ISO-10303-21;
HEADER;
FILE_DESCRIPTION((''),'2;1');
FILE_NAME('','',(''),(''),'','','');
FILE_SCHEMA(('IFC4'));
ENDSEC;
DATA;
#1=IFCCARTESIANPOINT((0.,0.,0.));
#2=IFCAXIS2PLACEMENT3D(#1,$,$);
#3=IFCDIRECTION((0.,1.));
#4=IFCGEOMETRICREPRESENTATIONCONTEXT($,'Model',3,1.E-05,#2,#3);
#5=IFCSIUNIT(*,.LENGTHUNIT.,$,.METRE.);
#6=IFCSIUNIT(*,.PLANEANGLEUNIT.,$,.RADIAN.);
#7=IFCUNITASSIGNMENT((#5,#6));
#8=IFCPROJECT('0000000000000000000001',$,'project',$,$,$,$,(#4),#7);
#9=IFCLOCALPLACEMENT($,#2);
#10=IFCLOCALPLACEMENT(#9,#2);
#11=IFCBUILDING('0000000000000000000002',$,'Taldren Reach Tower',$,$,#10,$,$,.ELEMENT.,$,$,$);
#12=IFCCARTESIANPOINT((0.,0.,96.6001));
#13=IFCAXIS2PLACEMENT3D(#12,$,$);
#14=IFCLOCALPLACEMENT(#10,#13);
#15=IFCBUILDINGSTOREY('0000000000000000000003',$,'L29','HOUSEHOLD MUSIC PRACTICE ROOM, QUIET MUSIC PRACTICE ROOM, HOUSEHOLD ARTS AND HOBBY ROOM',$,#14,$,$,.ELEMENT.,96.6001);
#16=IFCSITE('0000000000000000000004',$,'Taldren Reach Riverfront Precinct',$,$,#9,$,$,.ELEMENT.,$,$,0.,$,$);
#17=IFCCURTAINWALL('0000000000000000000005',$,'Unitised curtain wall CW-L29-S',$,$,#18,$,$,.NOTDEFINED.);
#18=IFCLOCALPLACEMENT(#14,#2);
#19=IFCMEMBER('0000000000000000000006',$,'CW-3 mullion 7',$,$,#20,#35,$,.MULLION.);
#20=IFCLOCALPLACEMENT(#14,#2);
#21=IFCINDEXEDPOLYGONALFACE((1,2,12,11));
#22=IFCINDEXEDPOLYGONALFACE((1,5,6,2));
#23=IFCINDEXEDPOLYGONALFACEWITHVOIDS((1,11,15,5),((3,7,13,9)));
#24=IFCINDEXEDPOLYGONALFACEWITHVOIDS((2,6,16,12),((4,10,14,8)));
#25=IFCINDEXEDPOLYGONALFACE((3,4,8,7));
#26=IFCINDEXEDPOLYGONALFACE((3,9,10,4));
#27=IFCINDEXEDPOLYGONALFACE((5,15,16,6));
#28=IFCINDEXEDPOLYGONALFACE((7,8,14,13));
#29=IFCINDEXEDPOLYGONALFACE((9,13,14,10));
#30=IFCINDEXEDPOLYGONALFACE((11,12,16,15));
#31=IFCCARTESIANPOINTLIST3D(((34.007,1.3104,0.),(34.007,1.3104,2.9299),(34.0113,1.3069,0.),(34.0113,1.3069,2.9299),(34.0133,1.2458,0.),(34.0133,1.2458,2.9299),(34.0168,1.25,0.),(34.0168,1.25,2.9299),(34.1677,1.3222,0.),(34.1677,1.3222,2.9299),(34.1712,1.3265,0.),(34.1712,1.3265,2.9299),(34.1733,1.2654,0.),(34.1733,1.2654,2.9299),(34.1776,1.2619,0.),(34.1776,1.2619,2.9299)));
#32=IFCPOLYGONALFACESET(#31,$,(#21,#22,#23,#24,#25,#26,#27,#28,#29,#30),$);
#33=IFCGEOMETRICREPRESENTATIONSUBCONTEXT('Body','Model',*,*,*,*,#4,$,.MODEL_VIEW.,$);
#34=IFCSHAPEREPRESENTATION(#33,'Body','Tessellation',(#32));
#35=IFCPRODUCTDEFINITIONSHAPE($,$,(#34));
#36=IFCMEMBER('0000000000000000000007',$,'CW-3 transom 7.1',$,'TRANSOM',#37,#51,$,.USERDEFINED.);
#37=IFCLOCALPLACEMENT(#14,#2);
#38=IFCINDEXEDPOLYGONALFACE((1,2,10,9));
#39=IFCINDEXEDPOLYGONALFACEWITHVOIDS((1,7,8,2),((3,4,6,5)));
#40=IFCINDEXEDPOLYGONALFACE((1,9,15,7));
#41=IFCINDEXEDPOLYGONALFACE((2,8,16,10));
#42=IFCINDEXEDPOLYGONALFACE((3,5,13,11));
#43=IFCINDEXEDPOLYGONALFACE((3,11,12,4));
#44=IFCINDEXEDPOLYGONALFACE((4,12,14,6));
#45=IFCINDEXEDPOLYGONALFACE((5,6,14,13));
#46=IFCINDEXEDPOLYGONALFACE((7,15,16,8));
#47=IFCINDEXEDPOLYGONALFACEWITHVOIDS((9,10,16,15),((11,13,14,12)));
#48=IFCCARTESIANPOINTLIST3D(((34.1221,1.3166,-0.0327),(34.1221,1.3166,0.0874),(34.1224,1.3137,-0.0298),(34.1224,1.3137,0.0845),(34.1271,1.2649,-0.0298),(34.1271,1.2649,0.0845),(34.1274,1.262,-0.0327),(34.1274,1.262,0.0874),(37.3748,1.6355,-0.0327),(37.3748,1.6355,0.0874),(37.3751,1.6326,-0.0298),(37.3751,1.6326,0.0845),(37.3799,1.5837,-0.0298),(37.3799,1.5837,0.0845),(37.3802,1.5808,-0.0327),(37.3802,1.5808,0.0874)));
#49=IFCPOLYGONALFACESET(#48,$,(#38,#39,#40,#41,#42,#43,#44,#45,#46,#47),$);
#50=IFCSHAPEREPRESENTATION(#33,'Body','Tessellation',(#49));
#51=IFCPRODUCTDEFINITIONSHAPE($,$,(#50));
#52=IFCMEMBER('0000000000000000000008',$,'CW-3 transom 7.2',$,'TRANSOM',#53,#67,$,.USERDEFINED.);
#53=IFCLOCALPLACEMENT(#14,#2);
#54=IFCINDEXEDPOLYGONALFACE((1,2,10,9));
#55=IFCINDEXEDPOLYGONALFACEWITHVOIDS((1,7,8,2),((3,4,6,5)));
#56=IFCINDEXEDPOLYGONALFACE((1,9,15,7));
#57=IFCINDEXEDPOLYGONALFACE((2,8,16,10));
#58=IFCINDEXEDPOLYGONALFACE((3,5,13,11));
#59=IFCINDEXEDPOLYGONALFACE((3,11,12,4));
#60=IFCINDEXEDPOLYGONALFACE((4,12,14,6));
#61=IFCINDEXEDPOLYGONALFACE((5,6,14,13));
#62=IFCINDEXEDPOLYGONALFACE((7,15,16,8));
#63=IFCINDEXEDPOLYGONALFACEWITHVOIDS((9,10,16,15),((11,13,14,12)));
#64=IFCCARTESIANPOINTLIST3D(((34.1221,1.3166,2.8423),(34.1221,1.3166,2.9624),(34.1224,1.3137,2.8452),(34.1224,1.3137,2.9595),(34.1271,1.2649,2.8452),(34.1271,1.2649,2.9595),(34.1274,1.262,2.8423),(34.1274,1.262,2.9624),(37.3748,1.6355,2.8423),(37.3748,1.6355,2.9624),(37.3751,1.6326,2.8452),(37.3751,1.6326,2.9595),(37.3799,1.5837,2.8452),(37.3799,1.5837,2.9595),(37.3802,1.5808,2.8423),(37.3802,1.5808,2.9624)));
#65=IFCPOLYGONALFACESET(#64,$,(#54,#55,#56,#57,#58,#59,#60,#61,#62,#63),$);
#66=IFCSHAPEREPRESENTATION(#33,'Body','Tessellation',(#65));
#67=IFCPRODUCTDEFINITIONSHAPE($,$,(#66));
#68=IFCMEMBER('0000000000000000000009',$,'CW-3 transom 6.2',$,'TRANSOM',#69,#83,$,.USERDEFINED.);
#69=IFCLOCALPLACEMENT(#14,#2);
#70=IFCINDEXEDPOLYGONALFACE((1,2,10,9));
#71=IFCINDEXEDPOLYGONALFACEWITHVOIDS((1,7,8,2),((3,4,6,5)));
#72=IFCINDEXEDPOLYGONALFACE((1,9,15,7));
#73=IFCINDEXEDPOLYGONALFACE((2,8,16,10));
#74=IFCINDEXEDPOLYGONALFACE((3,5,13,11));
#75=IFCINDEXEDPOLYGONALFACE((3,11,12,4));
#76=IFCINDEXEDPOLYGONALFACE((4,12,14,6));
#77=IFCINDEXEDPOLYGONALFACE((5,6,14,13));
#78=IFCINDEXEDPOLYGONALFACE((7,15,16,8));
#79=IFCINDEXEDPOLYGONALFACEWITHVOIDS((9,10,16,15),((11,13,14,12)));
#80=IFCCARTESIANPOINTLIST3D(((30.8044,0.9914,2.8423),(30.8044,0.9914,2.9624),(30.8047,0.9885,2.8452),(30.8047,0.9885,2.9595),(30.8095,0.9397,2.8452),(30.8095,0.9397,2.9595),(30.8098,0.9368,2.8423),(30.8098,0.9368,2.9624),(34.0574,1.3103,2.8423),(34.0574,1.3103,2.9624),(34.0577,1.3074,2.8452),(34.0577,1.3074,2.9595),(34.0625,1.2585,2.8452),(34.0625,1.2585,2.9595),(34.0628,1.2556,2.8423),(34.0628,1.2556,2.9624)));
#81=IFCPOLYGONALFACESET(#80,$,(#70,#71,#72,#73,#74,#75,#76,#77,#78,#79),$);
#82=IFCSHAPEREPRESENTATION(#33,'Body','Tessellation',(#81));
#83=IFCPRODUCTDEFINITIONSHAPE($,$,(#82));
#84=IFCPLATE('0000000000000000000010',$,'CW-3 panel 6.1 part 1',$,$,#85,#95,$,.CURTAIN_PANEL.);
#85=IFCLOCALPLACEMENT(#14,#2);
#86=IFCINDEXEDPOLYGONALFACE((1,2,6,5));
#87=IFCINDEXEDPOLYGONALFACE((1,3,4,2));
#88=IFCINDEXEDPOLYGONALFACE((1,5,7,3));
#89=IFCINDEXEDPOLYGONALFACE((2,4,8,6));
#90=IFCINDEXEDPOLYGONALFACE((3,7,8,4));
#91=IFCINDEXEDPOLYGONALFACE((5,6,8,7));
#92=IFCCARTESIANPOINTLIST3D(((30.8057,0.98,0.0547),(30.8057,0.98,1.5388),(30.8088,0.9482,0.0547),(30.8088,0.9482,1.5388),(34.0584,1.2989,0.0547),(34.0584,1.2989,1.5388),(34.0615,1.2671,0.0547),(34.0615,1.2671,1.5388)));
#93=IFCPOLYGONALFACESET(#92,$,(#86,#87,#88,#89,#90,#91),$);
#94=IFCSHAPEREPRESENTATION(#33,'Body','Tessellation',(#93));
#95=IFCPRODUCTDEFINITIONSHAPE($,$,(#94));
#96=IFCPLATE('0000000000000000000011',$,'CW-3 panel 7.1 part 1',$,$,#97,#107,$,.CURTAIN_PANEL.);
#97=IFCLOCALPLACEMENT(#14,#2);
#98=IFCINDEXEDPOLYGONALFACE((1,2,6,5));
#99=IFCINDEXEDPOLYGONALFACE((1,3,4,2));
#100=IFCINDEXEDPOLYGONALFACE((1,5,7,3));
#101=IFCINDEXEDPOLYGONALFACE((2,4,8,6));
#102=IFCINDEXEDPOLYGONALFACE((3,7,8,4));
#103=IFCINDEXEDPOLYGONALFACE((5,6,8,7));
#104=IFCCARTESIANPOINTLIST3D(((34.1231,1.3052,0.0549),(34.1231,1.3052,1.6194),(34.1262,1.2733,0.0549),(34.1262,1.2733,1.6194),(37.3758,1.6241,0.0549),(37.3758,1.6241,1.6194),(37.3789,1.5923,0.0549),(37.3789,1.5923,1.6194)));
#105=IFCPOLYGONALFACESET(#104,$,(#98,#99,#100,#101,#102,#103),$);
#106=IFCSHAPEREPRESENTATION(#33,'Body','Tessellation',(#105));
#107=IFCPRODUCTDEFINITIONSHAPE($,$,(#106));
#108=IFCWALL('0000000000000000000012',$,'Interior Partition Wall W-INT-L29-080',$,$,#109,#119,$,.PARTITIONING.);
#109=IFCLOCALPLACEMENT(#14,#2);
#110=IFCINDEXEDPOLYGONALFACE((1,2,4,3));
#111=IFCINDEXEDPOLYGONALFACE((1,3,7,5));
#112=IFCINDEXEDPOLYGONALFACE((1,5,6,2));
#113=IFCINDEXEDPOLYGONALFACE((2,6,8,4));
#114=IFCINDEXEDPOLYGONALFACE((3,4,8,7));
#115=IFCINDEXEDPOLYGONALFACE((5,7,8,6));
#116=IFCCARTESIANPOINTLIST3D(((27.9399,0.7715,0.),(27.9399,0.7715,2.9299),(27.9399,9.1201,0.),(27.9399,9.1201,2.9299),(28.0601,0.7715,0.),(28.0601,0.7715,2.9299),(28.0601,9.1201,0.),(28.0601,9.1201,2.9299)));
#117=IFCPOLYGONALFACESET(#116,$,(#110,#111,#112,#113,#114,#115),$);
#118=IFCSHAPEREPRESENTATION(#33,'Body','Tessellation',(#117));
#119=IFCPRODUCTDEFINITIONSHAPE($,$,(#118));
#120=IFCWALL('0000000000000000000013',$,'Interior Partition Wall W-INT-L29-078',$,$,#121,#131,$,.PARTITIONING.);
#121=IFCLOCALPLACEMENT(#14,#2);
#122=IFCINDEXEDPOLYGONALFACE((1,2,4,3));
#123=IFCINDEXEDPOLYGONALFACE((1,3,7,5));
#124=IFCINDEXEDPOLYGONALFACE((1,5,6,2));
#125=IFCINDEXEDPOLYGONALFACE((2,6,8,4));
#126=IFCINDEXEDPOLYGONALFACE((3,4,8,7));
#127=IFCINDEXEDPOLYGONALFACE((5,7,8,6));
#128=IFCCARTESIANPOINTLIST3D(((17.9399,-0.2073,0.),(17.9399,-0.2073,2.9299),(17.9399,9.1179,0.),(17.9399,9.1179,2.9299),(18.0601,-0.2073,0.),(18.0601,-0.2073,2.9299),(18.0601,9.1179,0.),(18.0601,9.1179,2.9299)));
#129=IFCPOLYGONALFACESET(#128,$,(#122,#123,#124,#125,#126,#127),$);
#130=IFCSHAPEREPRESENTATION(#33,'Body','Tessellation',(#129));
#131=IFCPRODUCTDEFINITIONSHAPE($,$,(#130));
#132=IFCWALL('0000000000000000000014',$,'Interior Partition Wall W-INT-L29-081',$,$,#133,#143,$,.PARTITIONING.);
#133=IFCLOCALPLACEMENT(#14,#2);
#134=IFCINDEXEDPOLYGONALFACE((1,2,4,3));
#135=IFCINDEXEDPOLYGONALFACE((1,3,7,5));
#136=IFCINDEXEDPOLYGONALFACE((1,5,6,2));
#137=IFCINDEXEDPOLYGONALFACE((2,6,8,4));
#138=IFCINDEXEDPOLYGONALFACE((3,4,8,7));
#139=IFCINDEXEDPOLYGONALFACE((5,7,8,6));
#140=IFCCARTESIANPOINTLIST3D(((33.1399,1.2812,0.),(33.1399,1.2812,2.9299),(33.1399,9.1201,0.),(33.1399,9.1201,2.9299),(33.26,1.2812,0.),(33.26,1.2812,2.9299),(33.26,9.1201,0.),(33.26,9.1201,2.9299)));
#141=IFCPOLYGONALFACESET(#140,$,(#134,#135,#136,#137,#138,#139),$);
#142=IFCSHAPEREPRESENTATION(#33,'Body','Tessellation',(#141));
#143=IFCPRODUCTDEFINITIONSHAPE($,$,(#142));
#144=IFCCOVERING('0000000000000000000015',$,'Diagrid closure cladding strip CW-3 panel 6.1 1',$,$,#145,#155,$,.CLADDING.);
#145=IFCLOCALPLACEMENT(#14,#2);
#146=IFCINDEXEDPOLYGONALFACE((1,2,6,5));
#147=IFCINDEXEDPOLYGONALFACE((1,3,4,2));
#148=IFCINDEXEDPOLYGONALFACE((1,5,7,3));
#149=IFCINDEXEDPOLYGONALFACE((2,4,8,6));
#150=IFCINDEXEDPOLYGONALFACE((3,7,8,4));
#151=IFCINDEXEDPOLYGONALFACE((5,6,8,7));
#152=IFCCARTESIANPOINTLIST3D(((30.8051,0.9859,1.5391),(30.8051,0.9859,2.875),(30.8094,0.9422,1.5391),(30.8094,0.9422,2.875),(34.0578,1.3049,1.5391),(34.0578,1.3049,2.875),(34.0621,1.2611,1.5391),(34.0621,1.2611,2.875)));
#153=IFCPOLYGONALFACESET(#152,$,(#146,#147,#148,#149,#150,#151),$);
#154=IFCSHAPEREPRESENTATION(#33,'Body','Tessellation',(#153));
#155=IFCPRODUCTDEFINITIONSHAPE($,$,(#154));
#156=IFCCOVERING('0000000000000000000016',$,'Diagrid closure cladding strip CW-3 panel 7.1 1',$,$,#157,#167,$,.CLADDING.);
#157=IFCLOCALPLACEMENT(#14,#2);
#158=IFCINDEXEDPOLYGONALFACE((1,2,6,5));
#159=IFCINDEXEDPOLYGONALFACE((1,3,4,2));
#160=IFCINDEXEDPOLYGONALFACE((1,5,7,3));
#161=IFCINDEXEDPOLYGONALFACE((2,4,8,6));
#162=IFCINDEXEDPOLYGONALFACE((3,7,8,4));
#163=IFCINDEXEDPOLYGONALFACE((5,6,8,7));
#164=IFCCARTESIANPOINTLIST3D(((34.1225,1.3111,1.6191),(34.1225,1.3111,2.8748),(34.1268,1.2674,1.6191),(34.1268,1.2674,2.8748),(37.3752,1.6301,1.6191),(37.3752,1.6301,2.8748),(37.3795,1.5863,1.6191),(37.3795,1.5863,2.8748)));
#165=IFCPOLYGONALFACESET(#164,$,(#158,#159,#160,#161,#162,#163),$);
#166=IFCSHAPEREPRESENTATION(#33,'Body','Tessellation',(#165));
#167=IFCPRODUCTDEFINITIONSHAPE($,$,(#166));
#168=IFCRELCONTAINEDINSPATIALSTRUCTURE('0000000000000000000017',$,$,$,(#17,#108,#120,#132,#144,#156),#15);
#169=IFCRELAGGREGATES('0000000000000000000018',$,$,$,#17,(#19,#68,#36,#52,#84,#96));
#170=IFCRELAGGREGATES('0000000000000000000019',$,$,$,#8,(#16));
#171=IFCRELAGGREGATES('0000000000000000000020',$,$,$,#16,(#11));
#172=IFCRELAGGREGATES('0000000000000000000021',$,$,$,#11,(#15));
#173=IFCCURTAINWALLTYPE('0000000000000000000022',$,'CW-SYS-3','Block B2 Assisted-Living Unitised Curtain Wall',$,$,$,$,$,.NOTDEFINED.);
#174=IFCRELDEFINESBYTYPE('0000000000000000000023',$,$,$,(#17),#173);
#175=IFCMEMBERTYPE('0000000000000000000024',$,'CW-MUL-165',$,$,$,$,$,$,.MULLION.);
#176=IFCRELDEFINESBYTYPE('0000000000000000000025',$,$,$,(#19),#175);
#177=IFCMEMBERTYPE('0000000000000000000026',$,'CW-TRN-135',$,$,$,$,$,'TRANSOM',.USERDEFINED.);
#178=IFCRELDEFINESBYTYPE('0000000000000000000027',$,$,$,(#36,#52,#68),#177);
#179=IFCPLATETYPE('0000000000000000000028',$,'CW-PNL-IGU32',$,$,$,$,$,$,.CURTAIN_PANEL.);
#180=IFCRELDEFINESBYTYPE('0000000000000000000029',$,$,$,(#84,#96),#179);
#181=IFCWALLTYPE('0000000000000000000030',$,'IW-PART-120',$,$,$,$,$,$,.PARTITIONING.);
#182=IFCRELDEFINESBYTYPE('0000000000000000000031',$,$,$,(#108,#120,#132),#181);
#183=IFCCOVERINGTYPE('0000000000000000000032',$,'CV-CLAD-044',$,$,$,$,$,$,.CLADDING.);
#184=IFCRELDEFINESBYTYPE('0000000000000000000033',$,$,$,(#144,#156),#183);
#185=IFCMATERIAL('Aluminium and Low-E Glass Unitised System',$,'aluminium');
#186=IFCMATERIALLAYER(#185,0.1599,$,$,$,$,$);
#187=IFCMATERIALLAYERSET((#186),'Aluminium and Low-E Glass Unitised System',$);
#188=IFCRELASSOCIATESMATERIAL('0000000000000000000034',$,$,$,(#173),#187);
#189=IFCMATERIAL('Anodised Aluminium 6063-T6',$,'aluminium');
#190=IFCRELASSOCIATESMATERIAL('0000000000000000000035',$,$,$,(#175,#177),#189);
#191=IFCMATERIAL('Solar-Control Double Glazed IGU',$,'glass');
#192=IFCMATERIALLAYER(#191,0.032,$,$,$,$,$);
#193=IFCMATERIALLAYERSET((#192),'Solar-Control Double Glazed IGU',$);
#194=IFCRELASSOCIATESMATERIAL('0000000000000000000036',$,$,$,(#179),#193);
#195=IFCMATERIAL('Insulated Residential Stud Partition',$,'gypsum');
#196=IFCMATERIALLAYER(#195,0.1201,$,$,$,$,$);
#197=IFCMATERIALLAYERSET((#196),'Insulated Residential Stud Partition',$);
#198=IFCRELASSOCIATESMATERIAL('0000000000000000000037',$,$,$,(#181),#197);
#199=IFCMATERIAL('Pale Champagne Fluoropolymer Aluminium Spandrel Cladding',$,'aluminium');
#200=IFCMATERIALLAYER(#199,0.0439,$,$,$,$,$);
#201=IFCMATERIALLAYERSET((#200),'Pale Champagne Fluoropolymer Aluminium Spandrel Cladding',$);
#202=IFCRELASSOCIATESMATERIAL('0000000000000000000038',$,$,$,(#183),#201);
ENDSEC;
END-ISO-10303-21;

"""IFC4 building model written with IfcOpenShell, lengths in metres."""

from ifc_helpers import new_model, si_unit, direction, frame, frame_2d, origin, origin_2d, place, context, subcontext, project, spatial, rectangle, hollow_rectangle, extrude, source, transform, mapped, material, layer, layer_set, material_profile, profile_set, type_object, element, aggregate, save


model = new_model("IFC4")

# Units and contexts
model_context = context("Model", 3, precision=1e-05, world=origin(), true_north=direction((0.0, 1.0)))
body_context = subcontext(model_context, "Body", "Model", "MODEL_VIEW")
ifc_project = project(units=[si_unit("LENGTHUNIT", "METRE"), si_unit("PLANEANGLEUNIT", "RADIAN")], contexts=[model_context])

# Site, building, storey
site_placement = place(None, origin())
site = spatial("IfcSite", under=ifc_project, at=site_placement, Name="Taldren Reach Riverfront Precinct", CompositionType="ELEMENT", RefElevation=0.0)
building_placement = place(site_placement, origin())
building = spatial("IfcBuilding", under=site, at=building_placement, Name="Taldren Reach Tower", CompositionType="ELEMENT")
storey_placement = place(building_placement, frame((0.0, 0.0, 96.6001)))
storey = spatial("IfcBuildingStorey", under=building, at=storey_placement, Name="L29", Description="HOUSEHOLD MUSIC PRACTICE ROOM, QUIET MUSIC PRACTICE ROOM, HOUSEHOLD ARTS AND HOBBY ROOM", CompositionType="ELEMENT", Elevation=96.6001)

# Curtain wall, members, plates
ifc_material_1 = material(Name="Aluminium and Low-E Glass Unitised System", Category="aluminium")
ifc_layer_1 = layer(ifc_material_1, 0.1599)
ifc_layer_set_1 = layer_set([ifc_layer_1], Name="Aluminium and Low-E Glass Unitised System")
curtain_wall_type = type_object("IfcCurtainWallType", Name="CW-SYS-3", Description="Block B2 Assisted-Living Unitised Curtain Wall", PredefinedType="NOTDEFINED", material=ifc_layer_set_1)
curtain_wall_placement = place(storey_placement, origin())
curtain_wall = element("IfcCurtainWall", 1, at=curtain_wall_placement, inside=storey, type_object=curtain_wall_type, Name="Unitised curtain wall CW-L29-S", PredefinedType="NOTDEFINED")
ifc_material_2 = material(Name="Anodised Aluminium 6063-T6", Category="aluminium")
ifc_material_profile_1 = material_profile(ifc_material_2, hollow_rectangle(XDim=0.0649, YDim=0.165, WallThickness=0.0039, at=origin_2d()), Name="ALU-165x65x4RHS")
ifc_profile_set_1 = profile_set([ifc_material_profile_1], Name="Anodised Aluminium 6063-T6")
member_type_1 = type_object("IfcMemberType", Name="CW-MUL-165", PredefinedType="MULLION", material=ifc_profile_set_1)
shared_shape_1 = source(origin(), body_context, "Body", "SweptSolid", [
    extrude(hollow_rectangle(XDim=0.0649, YDim=0.165, WallThickness=0.0039, at=origin_2d()), origin(), (0.0, 0.0, 1.0), 2.9299),
])
member_1_placement = place(storey_placement, frame((34.0923, 1.2861, 0.0), z_axis=(0.0, 0.0, 1.0), x_axis=(-0.097583, 0.995227, 0.0)))
member_1 = element("IfcMember", 2, at=member_1_placement, type_object=member_type_1, Name="CW-3 mullion 7", PredefinedType="MULLION", context=body_context, shape_type="MappedRepresentation", body=[
    mapped(shared_shape_1, transform((0.0, 0.0, 0.0), scale=1.0)),
])
ifc_material_profile_2 = material_profile(ifc_material_2, hollow_rectangle(XDim=0.0549, YDim=0.1201, WallThickness=0.0029, at=origin_2d()), Name="ALU-120x55x3RHS")
ifc_profile_set_2 = profile_set([ifc_material_profile_2], Name="Anodised Aluminium 6063-T6")
member_type_2 = type_object("IfcMemberType", Name="CW-TRN-135", ElementType="TRANSOM", PredefinedType="USERDEFINED", material=ifc_profile_set_2)
shared_shape_2 = source(origin(), body_context, "Body", "SweptSolid", [
    extrude(hollow_rectangle(XDim=0.0549, YDim=0.1201, WallThickness=0.0029, at=origin_2d()), origin(), (0.0, 0.0, 1.0), 3.2683),
])
member_2_placement = place(storey_placement, frame((34.1248, 1.2893, 0.0273), z_axis=(0.99523, 0.097558, 0.0), x_axis=(-0.097558, 0.99523, 0.0)))
member_2 = element("IfcMember", 3, at=member_2_placement, type_object=member_type_2, Name="CW-3 transom 7.1", ObjectType="TRANSOM", PredefinedType="USERDEFINED", context=body_context, shape_type="MappedRepresentation", body=[
    mapped(shared_shape_2, transform((0.0, 0.0, 0.0), scale=1.0)),
])
member_3_placement = place(storey_placement, frame((34.1248, 1.2893, 2.9023), z_axis=(0.99523, 0.097558, 0.0), x_axis=(-0.097558, 0.99523, 0.0)))
member_3 = element("IfcMember", 4, at=member_3_placement, type_object=member_type_2, Name="CW-3 transom 7.2", ObjectType="TRANSOM", PredefinedType="USERDEFINED", context=body_context, shape_type="MappedRepresentation", body=[
    mapped(shared_shape_2, transform((0.0, 0.0, 0.0), scale=1.0)),
])
shared_shape_3 = source(origin(), body_context, "Body", "SweptSolid", [
    extrude(hollow_rectangle(XDim=0.0549, YDim=0.1201, WallThickness=0.0029, at=origin_2d()), origin(), (0.0, 0.0, 1.0), 3.2686),
])
member_4_placement = place(storey_placement, frame((30.8071, 0.9641, 2.9023), z_axis=(0.995231, 0.097551, 0.0), x_axis=(-0.097551, 0.995231, 0.0)))
member_4 = element("IfcMember", 5, at=member_4_placement, type_object=member_type_2, Name="CW-3 transom 6.2", ObjectType="TRANSOM", PredefinedType="USERDEFINED", context=body_context, shape_type="MappedRepresentation", body=[
    mapped(shared_shape_3, transform((0.0, 0.0, 0.0), scale=1.0)),
])
ifc_material_3 = material(Name="Solar-Control Double Glazed IGU", Category="glass")
ifc_layer_2 = layer(ifc_material_3, 0.032)
ifc_layer_set_2 = layer_set([ifc_layer_2], Name="Solar-Control Double Glazed IGU")
plate_type = type_object("IfcPlateType", Name="CW-PNL-IGU32", PredefinedType="CURTAIN_PANEL", material=ifc_layer_set_2)
shared_shape_4 = source(origin(), body_context, "Body", "SweptSolid", [
    extrude(rectangle(XDim=3.2683, YDim=0.032, at=origin_2d()), origin(), (0.0, 0.0, 1.0), 1.4841),
])
plate_1_placement = place(storey_placement, frame((32.4336, 1.1235, 0.0547), z_axis=(0.0, 0.0, 1.0), x_axis=(0.995227, 0.097583, 0.0)))
plate_1 = element("IfcPlate", 6, at=plate_1_placement, type_object=plate_type, Name="CW-3 panel 6.1 part 1", PredefinedType="CURTAIN_PANEL", context=body_context, shape_type="MappedRepresentation", body=[
    mapped(shared_shape_4, transform((0.0, 0.0, 0.0), scale=1.0)),
])
shared_shape_5 = source(origin(), body_context, "Body", "SweptSolid", [
    extrude(rectangle(XDim=3.2683, YDim=0.032, at=origin_2d()), origin(), (0.0, 0.0, 1.0), 1.5645),
])
plate_2_placement = place(storey_placement, frame((35.751, 1.4487, 0.0549), z_axis=(0.0, 0.0, 1.0), x_axis=(0.995227, 0.097583, 0.0)))
plate_2 = element("IfcPlate", 7, at=plate_2_placement, type_object=plate_type, Name="CW-3 panel 7.1 part 1", PredefinedType="CURTAIN_PANEL", context=body_context, shape_type="MappedRepresentation", body=[
    mapped(shared_shape_5, transform((0.0, 0.0, 0.0), scale=1.0)),
])
aggregate(curtain_wall, [member_1, member_4, member_2, member_3, plate_1, plate_2])

# Walls
ifc_material_4 = material(Name="Insulated Residential Stud Partition", Category="gypsum")
ifc_layer_3 = layer(ifc_material_4, 0.1201)
ifc_layer_set_3 = layer_set([ifc_layer_3], Name="Insulated Residential Stud Partition")
wall_type = type_object("IfcWallType", Name="IW-PART-120", PredefinedType="PARTITIONING", material=ifc_layer_set_3)
shared_shape_6 = source(origin(), body_context, "Body", "SweptSolid", [
    extrude(rectangle(XDim=8.3486, YDim=0.1201, at=frame_2d((4.1743, 0.0))), origin(), (0.0, 0.0, 1.0), 2.9299),
])
wall_1_placement = place(storey_placement, frame((28.0, 9.1201, 0.0), z_axis=(0.0, 0.0, 1.0), x_axis=(0.0, -1.0, 0.0)))
element("IfcWall", 8, at=wall_1_placement, inside=storey, type_object=wall_type, Name="Interior Partition Wall W-INT-L29-080", PredefinedType="PARTITIONING", context=body_context, shape_type="MappedRepresentation", body=[
    mapped(shared_shape_6, transform((0.0, 0.0, 0.0), scale=1.0)),
])
shared_shape_7 = source(origin(), body_context, "Body", "SweptSolid", [
    extrude(rectangle(XDim=9.3252, YDim=0.1201, at=frame_2d((4.6626, 0.0))), origin(), (0.0, 0.0, 1.0), 2.9299),
])
wall_2_placement = place(storey_placement, frame((18.0, 9.1179, 0.0), z_axis=(0.0, 0.0, 1.0), x_axis=(0.0, -1.0, 0.0)))
element("IfcWall", 9, at=wall_2_placement, inside=storey, type_object=wall_type, Name="Interior Partition Wall W-INT-L29-078", PredefinedType="PARTITIONING", context=body_context, shape_type="MappedRepresentation", body=[
    mapped(shared_shape_7, transform((0.0, 0.0, 0.0), scale=1.0)),
])
shared_shape_8 = source(origin(), body_context, "Body", "SweptSolid", [
    extrude(rectangle(XDim=7.8389, YDim=0.1201, at=frame_2d((3.9194, 0.0))), origin(), (0.0, 0.0, 1.0), 2.9299),
])
wall_3_placement = place(storey_placement, frame((33.2, 9.1201, 0.0), z_axis=(0.0, 0.0, 1.0), x_axis=(0.0, -1.0, 0.0)))
element("IfcWall", 10, at=wall_3_placement, inside=storey, type_object=wall_type, Name="Interior Partition Wall W-INT-L29-081", PredefinedType="PARTITIONING", context=body_context, shape_type="MappedRepresentation", body=[
    mapped(shared_shape_8, transform((0.0, 0.0, 0.0), scale=1.0)),
])

# Coverings
ifc_material_5 = material(Name="Pale Champagne Fluoropolymer Aluminium Spandrel Cladding", Category="aluminium")
ifc_layer_4 = layer(ifc_material_5, 0.0439)
ifc_layer_set_4 = layer_set([ifc_layer_4], Name="Pale Champagne Fluoropolymer Aluminium Spandrel Cladding")
covering_type = type_object("IfcCoveringType", Name="CV-CLAD-044", PredefinedType="CLADDING", material=ifc_layer_set_4)
shared_shape_9 = source(origin(), body_context, "Body", "SweptSolid", [
    extrude(rectangle(XDim=3.2683, YDim=0.0439, at=origin_2d()), origin(), (0.0, 0.0, 1.0), 1.3359),
])
covering_1_placement = place(storey_placement, frame((32.4336, 1.1235, 1.5391), z_axis=(0.0, 0.0, 1.0), x_axis=(0.995227, 0.097583, 0.0)))
element("IfcCovering", 11, at=covering_1_placement, inside=storey, type_object=covering_type, Name="Diagrid closure cladding strip CW-3 panel 6.1 1", PredefinedType="CLADDING", context=body_context, shape_type="MappedRepresentation", body=[
    mapped(shared_shape_9, transform((0.0, 0.0, 0.0), scale=1.0)),
])
shared_shape_10 = source(origin(), body_context, "Body", "SweptSolid", [
    extrude(rectangle(XDim=3.2683, YDim=0.0439, at=origin_2d()), origin(), (0.0, 0.0, 1.0), 1.2556),
])
covering_2_placement = place(storey_placement, frame((35.751, 1.4487, 1.6191), z_axis=(0.0, 0.0, 1.0), x_axis=(0.995227, 0.097583, 0.0)))
element("IfcCovering", 12, at=covering_2_placement, inside=storey, type_object=covering_type, Name="Diagrid closure cladding strip CW-3 panel 7.1 1", PredefinedType="CLADDING", context=body_context, shape_type="MappedRepresentation", body=[
    mapped(shared_shape_10, transform((0.0, 0.0, 0.0), scale=1.0)),
])

save(model, "model.ifc")
